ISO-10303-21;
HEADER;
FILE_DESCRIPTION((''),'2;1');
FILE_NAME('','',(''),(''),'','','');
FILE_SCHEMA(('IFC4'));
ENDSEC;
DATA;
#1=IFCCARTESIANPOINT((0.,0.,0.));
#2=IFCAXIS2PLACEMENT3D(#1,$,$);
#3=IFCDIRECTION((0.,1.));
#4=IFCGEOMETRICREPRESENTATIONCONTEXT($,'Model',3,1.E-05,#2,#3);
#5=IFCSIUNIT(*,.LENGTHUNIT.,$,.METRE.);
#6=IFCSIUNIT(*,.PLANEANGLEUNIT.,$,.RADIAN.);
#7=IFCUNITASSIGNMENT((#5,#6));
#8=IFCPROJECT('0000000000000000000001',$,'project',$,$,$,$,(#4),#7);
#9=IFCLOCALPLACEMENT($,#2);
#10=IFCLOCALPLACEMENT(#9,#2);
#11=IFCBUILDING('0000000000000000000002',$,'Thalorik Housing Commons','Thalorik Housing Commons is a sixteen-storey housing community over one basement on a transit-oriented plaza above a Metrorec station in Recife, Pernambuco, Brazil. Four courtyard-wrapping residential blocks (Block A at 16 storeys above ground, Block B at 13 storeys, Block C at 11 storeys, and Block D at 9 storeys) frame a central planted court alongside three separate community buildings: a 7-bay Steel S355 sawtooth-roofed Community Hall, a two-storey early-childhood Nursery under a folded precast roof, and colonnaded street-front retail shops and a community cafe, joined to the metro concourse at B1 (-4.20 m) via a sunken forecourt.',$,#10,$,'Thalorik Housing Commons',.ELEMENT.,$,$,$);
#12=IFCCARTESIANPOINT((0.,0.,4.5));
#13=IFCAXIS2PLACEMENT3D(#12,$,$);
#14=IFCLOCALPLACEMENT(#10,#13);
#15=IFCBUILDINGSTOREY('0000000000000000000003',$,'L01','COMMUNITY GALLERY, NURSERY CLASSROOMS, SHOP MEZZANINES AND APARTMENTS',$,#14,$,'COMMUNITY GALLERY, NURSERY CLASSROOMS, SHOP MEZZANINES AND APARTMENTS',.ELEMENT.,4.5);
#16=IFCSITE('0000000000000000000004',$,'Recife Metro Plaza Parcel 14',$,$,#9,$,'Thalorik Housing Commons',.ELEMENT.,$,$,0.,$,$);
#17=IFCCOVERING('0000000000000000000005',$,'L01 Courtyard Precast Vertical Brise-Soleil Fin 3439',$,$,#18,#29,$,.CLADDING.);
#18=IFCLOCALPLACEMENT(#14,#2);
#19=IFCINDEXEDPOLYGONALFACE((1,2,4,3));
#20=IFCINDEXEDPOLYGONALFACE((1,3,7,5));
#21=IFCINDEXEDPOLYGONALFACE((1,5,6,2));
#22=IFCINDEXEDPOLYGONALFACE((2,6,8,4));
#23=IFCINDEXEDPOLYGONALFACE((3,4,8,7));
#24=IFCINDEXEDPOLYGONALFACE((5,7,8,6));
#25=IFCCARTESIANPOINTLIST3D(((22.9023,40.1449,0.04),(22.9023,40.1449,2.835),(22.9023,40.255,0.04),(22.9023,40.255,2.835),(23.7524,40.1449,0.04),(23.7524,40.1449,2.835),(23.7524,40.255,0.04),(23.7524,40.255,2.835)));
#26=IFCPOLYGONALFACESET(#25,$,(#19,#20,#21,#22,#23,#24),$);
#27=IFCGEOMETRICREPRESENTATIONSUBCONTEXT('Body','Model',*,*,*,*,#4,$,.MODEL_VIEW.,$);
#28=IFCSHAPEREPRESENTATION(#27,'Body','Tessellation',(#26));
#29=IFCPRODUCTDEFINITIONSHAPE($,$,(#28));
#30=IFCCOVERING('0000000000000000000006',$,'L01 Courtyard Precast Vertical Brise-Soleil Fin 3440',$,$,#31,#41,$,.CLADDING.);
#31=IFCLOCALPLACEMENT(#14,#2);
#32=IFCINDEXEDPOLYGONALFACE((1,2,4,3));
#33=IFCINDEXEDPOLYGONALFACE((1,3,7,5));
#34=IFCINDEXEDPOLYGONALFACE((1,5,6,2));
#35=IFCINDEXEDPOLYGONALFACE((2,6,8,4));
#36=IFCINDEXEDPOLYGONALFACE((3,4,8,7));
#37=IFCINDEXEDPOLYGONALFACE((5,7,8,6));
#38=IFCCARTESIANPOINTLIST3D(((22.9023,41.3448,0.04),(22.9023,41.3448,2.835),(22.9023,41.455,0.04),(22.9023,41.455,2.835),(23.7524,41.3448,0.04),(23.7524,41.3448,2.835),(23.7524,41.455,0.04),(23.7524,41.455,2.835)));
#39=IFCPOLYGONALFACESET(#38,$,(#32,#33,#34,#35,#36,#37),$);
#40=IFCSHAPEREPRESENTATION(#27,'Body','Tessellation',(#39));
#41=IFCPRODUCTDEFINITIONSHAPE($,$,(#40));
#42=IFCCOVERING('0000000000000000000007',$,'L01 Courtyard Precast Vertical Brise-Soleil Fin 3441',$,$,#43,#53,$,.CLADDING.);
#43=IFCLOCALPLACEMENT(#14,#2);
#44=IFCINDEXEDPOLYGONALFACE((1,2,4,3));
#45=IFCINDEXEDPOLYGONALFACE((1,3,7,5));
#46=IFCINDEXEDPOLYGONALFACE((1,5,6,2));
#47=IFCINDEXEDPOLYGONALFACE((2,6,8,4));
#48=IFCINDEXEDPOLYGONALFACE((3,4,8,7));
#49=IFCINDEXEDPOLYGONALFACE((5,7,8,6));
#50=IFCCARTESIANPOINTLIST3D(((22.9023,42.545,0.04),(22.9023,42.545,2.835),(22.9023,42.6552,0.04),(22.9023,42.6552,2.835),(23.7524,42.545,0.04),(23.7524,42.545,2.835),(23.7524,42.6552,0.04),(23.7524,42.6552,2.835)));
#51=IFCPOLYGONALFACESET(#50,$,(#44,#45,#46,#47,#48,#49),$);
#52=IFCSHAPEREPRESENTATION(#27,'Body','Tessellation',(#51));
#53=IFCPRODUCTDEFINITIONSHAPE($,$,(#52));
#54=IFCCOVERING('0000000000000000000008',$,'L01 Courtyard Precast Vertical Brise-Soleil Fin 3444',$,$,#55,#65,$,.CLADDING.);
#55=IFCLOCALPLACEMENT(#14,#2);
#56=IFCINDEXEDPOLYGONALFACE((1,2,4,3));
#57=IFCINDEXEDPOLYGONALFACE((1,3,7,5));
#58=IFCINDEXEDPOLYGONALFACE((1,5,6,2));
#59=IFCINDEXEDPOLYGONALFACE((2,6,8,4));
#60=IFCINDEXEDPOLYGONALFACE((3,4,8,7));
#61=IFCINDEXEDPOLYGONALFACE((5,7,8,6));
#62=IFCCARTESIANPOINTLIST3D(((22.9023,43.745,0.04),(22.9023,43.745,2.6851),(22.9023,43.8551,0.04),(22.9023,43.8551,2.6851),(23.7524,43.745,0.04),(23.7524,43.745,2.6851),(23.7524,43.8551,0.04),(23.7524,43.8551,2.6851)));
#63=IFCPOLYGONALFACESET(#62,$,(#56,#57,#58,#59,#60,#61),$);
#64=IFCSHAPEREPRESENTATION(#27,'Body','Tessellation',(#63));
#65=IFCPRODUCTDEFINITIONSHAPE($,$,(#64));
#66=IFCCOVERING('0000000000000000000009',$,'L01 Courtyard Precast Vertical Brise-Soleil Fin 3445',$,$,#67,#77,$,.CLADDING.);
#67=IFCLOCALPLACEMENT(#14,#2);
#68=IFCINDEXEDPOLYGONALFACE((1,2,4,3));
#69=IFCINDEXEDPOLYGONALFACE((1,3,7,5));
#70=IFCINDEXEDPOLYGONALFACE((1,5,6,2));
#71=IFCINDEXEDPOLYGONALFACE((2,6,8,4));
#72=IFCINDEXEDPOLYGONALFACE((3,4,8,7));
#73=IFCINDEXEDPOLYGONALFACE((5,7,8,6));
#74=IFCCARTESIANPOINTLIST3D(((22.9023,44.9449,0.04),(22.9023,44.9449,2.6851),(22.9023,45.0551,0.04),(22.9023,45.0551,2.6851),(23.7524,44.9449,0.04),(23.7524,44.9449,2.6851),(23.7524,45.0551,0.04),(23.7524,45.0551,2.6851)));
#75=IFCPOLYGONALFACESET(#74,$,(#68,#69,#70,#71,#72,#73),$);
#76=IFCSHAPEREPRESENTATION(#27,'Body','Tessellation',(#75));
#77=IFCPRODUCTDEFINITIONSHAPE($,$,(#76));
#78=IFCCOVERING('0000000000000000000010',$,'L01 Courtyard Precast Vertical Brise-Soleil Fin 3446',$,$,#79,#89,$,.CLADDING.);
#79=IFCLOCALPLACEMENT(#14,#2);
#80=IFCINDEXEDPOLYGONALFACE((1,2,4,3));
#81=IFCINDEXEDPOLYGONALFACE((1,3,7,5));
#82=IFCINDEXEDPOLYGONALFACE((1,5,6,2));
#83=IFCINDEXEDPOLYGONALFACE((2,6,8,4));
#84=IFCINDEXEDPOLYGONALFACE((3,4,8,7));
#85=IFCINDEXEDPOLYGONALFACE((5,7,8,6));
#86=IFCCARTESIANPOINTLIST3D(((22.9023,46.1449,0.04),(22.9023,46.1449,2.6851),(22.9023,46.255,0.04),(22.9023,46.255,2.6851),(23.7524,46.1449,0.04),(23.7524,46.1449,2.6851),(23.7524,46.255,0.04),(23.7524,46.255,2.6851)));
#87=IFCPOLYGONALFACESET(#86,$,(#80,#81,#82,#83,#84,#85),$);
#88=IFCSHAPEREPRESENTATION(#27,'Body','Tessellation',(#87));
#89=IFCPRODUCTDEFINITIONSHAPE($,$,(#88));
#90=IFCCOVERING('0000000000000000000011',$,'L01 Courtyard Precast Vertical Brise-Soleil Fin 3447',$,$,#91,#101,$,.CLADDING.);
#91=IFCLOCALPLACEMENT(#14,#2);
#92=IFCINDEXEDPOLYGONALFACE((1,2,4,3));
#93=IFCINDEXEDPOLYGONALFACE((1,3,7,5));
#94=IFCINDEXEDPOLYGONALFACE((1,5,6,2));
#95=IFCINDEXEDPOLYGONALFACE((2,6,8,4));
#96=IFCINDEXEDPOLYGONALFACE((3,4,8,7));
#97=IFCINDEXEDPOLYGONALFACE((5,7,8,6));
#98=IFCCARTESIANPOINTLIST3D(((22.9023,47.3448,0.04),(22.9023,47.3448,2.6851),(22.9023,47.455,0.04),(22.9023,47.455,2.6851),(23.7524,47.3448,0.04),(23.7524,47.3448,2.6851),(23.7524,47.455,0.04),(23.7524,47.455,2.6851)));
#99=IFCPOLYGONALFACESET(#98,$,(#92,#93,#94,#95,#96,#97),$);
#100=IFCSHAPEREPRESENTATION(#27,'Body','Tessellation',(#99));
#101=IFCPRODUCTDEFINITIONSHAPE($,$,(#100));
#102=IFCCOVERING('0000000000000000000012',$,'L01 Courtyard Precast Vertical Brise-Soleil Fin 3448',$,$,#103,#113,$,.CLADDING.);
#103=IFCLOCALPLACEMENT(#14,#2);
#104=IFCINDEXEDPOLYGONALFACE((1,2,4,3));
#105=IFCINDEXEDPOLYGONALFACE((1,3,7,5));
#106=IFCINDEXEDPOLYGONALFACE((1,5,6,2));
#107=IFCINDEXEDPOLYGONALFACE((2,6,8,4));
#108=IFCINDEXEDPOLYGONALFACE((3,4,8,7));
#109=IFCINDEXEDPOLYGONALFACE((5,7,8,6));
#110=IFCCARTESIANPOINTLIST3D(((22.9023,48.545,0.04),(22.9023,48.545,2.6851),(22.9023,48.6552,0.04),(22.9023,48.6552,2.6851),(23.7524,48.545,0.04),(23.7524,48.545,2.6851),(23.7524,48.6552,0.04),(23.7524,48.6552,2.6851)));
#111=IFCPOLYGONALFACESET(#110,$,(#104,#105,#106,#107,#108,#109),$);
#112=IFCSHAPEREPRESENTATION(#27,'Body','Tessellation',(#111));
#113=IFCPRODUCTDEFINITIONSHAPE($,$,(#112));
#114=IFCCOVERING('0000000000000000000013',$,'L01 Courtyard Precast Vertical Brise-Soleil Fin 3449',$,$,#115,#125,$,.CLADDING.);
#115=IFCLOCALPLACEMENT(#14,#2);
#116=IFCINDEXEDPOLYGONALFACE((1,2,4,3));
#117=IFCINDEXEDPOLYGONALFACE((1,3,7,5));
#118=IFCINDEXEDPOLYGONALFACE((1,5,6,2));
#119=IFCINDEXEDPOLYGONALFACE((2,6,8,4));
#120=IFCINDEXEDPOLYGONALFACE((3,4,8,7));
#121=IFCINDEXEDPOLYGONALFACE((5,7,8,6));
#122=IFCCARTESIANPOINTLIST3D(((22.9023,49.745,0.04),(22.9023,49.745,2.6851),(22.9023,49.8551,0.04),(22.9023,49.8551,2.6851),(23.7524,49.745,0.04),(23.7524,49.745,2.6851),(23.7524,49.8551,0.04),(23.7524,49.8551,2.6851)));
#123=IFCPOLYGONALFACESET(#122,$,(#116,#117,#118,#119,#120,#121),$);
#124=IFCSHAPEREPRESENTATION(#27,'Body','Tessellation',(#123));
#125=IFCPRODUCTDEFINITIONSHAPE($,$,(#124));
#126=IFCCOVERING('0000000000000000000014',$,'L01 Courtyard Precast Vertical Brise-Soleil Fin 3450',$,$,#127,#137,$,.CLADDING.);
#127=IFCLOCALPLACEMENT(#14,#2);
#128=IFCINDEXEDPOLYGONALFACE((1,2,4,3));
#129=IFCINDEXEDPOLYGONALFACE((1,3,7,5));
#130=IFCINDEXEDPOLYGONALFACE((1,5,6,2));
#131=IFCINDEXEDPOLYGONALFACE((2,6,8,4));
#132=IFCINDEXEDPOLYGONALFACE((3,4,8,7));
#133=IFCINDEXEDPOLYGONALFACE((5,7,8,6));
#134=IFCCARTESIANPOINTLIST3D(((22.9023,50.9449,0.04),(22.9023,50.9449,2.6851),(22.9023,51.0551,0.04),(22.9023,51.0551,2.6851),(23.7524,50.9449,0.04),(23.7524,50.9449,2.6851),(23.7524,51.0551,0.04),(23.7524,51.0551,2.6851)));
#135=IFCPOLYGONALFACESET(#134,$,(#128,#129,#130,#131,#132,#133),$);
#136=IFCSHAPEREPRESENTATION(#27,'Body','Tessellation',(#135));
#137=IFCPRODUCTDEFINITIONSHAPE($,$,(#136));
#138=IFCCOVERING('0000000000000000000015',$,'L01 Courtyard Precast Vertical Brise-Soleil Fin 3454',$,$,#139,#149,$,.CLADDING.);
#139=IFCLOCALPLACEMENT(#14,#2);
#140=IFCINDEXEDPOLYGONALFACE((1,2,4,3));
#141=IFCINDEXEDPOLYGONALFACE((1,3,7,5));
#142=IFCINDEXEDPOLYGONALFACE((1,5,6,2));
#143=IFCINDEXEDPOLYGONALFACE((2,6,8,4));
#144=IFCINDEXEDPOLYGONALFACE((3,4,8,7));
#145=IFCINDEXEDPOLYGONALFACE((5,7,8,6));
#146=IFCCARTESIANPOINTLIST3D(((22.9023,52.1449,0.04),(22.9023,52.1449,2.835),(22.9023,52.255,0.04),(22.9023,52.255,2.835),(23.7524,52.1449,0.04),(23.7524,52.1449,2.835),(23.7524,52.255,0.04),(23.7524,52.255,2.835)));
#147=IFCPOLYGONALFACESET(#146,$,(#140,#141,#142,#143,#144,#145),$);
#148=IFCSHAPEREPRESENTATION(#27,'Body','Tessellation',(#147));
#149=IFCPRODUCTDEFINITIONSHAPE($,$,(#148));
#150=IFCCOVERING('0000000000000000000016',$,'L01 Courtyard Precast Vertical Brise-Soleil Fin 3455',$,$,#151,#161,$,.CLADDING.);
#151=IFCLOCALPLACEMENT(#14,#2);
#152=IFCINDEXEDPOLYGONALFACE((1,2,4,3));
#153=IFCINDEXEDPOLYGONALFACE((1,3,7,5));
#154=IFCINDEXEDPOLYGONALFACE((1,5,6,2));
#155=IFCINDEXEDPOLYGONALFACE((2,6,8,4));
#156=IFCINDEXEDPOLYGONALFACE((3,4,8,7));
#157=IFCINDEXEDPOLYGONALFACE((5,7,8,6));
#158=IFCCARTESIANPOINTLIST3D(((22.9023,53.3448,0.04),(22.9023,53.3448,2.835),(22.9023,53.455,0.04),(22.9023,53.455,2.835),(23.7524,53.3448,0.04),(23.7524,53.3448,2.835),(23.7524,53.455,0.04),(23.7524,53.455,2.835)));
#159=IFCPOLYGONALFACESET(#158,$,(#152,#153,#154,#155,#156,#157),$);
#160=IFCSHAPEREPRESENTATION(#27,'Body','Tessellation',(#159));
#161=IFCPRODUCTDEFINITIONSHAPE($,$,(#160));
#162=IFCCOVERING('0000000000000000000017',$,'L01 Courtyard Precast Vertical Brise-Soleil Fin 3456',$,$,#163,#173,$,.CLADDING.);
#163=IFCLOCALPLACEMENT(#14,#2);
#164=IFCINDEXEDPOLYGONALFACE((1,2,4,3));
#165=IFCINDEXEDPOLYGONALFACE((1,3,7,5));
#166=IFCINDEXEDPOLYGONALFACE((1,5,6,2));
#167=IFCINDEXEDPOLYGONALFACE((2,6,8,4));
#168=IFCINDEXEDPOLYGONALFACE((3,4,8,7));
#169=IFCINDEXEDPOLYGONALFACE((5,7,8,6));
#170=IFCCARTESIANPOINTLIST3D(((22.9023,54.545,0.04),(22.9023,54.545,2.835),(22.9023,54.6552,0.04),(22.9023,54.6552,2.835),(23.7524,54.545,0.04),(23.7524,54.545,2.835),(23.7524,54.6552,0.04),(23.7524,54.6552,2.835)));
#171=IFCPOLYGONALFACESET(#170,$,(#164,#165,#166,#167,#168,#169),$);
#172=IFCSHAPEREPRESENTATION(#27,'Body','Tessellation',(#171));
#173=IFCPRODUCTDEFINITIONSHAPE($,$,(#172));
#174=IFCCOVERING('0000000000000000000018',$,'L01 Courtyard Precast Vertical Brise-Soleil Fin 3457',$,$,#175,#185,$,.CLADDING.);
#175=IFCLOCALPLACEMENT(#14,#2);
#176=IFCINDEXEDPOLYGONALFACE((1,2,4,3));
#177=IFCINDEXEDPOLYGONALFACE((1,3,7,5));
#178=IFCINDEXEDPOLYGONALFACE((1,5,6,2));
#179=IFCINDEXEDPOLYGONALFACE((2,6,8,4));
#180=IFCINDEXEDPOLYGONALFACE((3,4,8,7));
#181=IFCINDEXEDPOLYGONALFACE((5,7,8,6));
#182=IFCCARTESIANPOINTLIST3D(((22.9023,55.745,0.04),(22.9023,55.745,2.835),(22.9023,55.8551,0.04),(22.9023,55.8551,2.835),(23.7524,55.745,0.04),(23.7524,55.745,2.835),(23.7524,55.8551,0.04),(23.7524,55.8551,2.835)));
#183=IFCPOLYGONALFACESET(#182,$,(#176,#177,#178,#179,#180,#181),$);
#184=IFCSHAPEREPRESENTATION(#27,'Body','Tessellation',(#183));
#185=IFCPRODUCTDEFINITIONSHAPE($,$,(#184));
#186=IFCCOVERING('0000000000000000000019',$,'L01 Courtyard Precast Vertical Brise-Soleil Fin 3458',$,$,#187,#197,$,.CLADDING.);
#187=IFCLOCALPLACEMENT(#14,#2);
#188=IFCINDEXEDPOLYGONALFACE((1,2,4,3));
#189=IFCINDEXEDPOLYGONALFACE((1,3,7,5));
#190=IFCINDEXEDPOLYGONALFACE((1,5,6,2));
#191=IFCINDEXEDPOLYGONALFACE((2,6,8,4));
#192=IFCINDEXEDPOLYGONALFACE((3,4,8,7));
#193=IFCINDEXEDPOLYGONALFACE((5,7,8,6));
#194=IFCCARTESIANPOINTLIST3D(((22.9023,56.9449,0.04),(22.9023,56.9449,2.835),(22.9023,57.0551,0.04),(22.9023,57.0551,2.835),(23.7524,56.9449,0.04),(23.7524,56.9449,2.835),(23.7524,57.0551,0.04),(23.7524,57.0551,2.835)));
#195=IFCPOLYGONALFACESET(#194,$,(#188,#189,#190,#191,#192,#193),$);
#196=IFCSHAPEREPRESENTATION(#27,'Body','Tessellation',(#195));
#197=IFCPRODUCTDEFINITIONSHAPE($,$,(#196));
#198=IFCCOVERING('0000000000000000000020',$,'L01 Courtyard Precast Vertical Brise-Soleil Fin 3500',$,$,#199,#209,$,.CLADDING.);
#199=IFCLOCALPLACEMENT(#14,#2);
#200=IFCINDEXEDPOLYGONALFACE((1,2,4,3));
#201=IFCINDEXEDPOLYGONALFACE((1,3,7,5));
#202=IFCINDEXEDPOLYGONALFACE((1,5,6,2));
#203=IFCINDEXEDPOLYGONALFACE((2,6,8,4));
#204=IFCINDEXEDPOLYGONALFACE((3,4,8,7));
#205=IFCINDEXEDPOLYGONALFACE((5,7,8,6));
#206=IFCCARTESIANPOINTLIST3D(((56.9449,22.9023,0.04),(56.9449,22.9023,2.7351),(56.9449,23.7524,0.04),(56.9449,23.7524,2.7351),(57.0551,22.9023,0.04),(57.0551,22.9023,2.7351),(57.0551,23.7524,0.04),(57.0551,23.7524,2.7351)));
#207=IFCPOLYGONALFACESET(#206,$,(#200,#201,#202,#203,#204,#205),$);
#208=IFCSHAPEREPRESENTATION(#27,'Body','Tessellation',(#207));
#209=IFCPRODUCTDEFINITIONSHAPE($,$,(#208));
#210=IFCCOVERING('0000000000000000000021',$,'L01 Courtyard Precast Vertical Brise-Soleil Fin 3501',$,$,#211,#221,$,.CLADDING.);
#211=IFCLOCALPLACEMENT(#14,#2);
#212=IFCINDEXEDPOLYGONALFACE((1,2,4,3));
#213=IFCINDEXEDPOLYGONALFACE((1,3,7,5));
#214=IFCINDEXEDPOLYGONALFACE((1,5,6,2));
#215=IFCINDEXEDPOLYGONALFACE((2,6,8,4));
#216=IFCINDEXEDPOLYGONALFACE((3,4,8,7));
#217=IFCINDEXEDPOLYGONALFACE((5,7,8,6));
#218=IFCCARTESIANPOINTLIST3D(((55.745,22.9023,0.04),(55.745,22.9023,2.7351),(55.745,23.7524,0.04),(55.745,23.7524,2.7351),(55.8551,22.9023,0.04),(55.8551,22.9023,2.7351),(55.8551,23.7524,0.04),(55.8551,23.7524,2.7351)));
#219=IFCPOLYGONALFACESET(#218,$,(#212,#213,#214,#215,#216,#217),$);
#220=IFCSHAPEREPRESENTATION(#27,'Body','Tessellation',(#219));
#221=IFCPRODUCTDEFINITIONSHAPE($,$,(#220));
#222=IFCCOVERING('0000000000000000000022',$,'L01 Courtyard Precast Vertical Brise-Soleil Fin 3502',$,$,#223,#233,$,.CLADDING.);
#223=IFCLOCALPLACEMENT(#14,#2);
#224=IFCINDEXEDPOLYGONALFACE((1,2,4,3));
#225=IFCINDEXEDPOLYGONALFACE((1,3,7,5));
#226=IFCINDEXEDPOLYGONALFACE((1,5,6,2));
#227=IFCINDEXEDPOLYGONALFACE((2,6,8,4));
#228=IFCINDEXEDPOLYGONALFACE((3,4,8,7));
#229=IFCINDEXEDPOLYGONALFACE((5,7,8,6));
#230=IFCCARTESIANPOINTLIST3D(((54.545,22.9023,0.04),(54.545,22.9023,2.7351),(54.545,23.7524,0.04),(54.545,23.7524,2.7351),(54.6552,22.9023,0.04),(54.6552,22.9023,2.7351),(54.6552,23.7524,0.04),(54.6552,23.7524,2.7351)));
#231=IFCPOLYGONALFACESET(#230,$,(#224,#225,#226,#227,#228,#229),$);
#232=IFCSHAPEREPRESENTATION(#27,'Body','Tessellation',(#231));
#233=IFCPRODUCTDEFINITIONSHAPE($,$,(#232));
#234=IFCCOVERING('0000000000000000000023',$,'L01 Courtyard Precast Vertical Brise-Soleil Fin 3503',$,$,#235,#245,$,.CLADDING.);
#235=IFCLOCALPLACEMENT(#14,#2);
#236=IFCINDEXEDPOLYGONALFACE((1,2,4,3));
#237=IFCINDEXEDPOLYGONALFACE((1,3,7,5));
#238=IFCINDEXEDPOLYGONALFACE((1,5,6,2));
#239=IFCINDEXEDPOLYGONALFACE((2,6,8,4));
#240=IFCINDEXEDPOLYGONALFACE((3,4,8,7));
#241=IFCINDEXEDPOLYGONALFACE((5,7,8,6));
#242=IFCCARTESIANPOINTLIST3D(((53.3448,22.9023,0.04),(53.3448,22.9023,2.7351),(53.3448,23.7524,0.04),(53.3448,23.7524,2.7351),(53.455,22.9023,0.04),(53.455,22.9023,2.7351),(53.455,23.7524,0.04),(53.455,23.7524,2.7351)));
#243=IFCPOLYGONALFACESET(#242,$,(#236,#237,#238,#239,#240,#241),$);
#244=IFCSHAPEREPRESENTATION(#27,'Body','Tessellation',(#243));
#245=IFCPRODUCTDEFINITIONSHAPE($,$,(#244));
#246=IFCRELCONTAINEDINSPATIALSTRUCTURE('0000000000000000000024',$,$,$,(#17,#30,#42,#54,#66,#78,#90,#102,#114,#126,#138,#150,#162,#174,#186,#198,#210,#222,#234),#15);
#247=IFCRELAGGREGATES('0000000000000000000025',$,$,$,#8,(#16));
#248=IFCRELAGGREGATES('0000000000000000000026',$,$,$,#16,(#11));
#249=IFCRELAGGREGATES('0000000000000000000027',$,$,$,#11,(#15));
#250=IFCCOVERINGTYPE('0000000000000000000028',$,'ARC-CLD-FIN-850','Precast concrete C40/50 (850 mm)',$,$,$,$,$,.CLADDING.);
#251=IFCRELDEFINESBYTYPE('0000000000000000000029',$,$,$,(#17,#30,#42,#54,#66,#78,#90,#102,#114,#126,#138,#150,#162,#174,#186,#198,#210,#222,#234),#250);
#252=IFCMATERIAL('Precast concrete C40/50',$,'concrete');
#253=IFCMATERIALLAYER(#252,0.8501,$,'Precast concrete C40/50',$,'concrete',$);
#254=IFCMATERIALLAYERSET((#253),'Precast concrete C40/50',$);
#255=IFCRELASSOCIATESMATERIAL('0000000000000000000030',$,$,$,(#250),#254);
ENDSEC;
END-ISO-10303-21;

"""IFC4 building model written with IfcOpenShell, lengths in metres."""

from ifc_helpers import new_model, si_unit, direction, frame, origin, origin_2d, place, context, subcontext, project, spatial, rectangle, extrude, material, layer, layer_set, type_object, element, save


model = new_model("IFC4")

# Units and contexts
model_context = context("Model", 3, precision=1e-05, world=origin(), true_north=direction((0.0, 1.0)))
body_context = subcontext(model_context, "Body", "Model", "MODEL_VIEW")
ifc_project = project(units=[si_unit("LENGTHUNIT", "METRE"), si_unit("PLANEANGLEUNIT", "RADIAN")], contexts=[model_context])

# Site, building, storey
site_placement = place(None, origin())
site = spatial("IfcSite", under=ifc_project, at=site_placement, Name="Recife Metro Plaza Parcel 14", LongName="Thalorik Housing Commons", CompositionType="ELEMENT", RefElevation=0.0)
building_placement = place(site_placement, origin())
building = spatial("IfcBuilding", under=site, at=building_placement, Name="Thalorik Housing Commons", Description="Thalorik Housing Commons is a sixteen-storey housing community over one basement on a transit-oriented plaza above a Metrorec station in Recife, Pernambuco, Brazil. Four courtyard-wrapping residential blocks (Block A at 16 storeys above ground, Block B at 13 storeys, Block C at 11 storeys, and Block D at 9 storeys) frame a central planted court alongside three separate community buildings: a 7-bay Steel S355 sawtooth-roofed Community Hall, a two-storey early-childhood Nursery under a folded precast roof, and colonnaded street-front retail shops and a community cafe, joined to the metro concourse at B1 (-4.20 m) via a sunken forecourt.", LongName="Thalorik Housing Commons", CompositionType="ELEMENT")
storey_placement = place(building_placement, frame((0.0, 0.0, 4.5)))
storey = spatial("IfcBuildingStorey", under=building, at=storey_placement, Name="L01", Description="COMMUNITY GALLERY, NURSERY CLASSROOMS, SHOP MEZZANINES AND APARTMENTS", LongName="COMMUNITY GALLERY, NURSERY CLASSROOMS, SHOP MEZZANINES AND APARTMENTS", CompositionType="ELEMENT", Elevation=4.5)

# Coverings
ifc_material = material(Name="Precast concrete C40/50", Category="concrete")
ifc_layer = layer(ifc_material, 0.8501, Name="Precast concrete C40/50", Category="concrete")
ifc_layer_set = layer_set([ifc_layer], Name="Precast concrete C40/50")
covering_type = type_object("IfcCoveringType", Name="ARC-CLD-FIN-850", Description="Precast concrete C40/50 (850 mm)", PredefinedType="CLADDING", material=ifc_layer_set)
for number, where, z_axis, x_axis, name in (
    (1, (23.3274, 40.2, 0.04), (0.0, 0.0, 1.0), (0.0, 1.0, 0.0), "L01 Courtyard Precast Vertical Brise-Soleil Fin 3439"),
    (2, (23.3274, 41.3999, 0.04), (0.0, 0.0, 1.0), (0.0, 1.0, 0.0), "L01 Courtyard Precast Vertical Brise-Soleil Fin 3440"),
    (3, (23.3274, 42.6001, 0.04), (0.0, 0.0, 1.0), (0.0, 1.0, 0.0), "L01 Courtyard Precast Vertical Brise-Soleil Fin 3441"),
):
    element("IfcCovering", number, at=place(storey_placement, frame(where, z_axis=z_axis, x_axis=x_axis)), inside=storey, type_object=covering_type, Name=name, PredefinedType="CLADDING", context=body_context, shape_type="SweptSolid", body=[
        extrude(rectangle(XDim=0.1101, YDim=0.8501, at=origin_2d()), origin(), (0.0, 0.0, 1.0), 2.7949),
    ])
for number, where, z_axis, x_axis, name in (
    (4, (23.3274, 43.8, 0.04), (0.0, 0.0, 1.0), (0.0, 1.0, 0.0), "L01 Courtyard Precast Vertical Brise-Soleil Fin 3444"),
    (5, (23.3274, 45.0, 0.04), (0.0, 0.0, 1.0), (0.0, 1.0, 0.0), "L01 Courtyard Precast Vertical Brise-Soleil Fin 3445"),
    (6, (23.3274, 46.2, 0.04), (0.0, 0.0, 1.0), (0.0, 1.0, 0.0), "L01 Courtyard Precast Vertical Brise-Soleil Fin 3446"),
    (7, (23.3274, 47.3999, 0.04), (0.0, 0.0, 1.0), (0.0, 1.0, 0.0), "L01 Courtyard Precast Vertical Brise-Soleil Fin 3447"),
    (8, (23.3274, 48.6001, 0.04), (0.0, 0.0, 1.0), (0.0, 1.0, 0.0), "L01 Courtyard Precast Vertical Brise-Soleil Fin 3448"),
    (9, (23.3274, 49.8, 0.04), (0.0, 0.0, 1.0), (0.0, 1.0, 0.0), "L01 Courtyard Precast Vertical Brise-Soleil Fin 3449"),
    (10, (23.3274, 51.0, 0.04), (0.0, 0.0, 1.0), (0.0, 1.0, 0.0), "L01 Courtyard Precast Vertical Brise-Soleil Fin 3450"),
):
    element("IfcCovering", number, at=place(storey_placement, frame(where, z_axis=z_axis, x_axis=x_axis)), inside=storey, type_object=covering_type, Name=name, PredefinedType="CLADDING", context=body_context, shape_type="SweptSolid", body=[
        extrude(rectangle(XDim=0.1101, YDim=0.8501, at=origin_2d()), origin(), (0.0, 0.0, 1.0), 2.645),
    ])
for number, where, z_axis, x_axis, name in (
    (11, (23.3274, 52.2, 0.04), (0.0, 0.0, 1.0), (0.0, 1.0, 0.0), "L01 Courtyard Precast Vertical Brise-Soleil Fin 3454"),
    (12, (23.3274, 53.3999, 0.04), (0.0, 0.0, 1.0), (0.0, 1.0, 0.0), "L01 Courtyard Precast Vertical Brise-Soleil Fin 3455"),
    (13, (23.3274, 54.6001, 0.04), (0.0, 0.0, 1.0), (0.0, 1.0, 0.0), "L01 Courtyard Precast Vertical Brise-Soleil Fin 3456"),
    (14, (23.3274, 55.8, 0.04), (0.0, 0.0, 1.0), (0.0, 1.0, 0.0), "L01 Courtyard Precast Vertical Brise-Soleil Fin 3457"),
    (15, (23.3274, 57.0, 0.04), (0.0, 0.0, 1.0), (0.0, 1.0, 0.0), "L01 Courtyard Precast Vertical Brise-Soleil Fin 3458"),
):
    element("IfcCovering", number, at=place(storey_placement, frame(where, z_axis=z_axis, x_axis=x_axis)), inside=storey, type_object=covering_type, Name=name, PredefinedType="CLADDING", context=body_context, shape_type="SweptSolid", body=[
        extrude(rectangle(XDim=0.1101, YDim=0.8501, at=origin_2d()), origin(), (0.0, 0.0, 1.0), 2.7949),
    ])
for number, where, z_axis, x_axis, name in (
    (16, (57.0, 23.3274, 0.04), (0.0, 0.0, 1.0), (-1.0, 0.0, 0.0), "L01 Courtyard Precast Vertical Brise-Soleil Fin 3500"),
    (17, (55.8, 23.3274, 0.04), (0.0, 0.0, 1.0), (-1.0, 0.0, 0.0), "L01 Courtyard Precast Vertical Brise-Soleil Fin 3501"),
    (18, (54.6001, 23.3274, 0.04), (0.0, 0.0, 1.0), (-1.0, 0.0, 0.0), "L01 Courtyard Precast Vertical Brise-Soleil Fin 3502"),
    (19, (53.3999, 23.3274, 0.04), (0.0, 0.0, 1.0), (-1.0, 0.0, 0.0), "L01 Courtyard Precast Vertical Brise-Soleil Fin 3503"),
):
    element("IfcCovering", number, at=place(storey_placement, frame(where, z_axis=z_axis, x_axis=x_axis)), inside=storey, type_object=covering_type, Name=name, PredefinedType="CLADDING", context=body_context, shape_type="SweptSolid", body=[
        extrude(rectangle(XDim=0.1101, YDim=0.8501, at=origin_2d()), origin(), (0.0, 0.0, 1.0), 2.6951),
    ])

save(model, "model.ifc")
